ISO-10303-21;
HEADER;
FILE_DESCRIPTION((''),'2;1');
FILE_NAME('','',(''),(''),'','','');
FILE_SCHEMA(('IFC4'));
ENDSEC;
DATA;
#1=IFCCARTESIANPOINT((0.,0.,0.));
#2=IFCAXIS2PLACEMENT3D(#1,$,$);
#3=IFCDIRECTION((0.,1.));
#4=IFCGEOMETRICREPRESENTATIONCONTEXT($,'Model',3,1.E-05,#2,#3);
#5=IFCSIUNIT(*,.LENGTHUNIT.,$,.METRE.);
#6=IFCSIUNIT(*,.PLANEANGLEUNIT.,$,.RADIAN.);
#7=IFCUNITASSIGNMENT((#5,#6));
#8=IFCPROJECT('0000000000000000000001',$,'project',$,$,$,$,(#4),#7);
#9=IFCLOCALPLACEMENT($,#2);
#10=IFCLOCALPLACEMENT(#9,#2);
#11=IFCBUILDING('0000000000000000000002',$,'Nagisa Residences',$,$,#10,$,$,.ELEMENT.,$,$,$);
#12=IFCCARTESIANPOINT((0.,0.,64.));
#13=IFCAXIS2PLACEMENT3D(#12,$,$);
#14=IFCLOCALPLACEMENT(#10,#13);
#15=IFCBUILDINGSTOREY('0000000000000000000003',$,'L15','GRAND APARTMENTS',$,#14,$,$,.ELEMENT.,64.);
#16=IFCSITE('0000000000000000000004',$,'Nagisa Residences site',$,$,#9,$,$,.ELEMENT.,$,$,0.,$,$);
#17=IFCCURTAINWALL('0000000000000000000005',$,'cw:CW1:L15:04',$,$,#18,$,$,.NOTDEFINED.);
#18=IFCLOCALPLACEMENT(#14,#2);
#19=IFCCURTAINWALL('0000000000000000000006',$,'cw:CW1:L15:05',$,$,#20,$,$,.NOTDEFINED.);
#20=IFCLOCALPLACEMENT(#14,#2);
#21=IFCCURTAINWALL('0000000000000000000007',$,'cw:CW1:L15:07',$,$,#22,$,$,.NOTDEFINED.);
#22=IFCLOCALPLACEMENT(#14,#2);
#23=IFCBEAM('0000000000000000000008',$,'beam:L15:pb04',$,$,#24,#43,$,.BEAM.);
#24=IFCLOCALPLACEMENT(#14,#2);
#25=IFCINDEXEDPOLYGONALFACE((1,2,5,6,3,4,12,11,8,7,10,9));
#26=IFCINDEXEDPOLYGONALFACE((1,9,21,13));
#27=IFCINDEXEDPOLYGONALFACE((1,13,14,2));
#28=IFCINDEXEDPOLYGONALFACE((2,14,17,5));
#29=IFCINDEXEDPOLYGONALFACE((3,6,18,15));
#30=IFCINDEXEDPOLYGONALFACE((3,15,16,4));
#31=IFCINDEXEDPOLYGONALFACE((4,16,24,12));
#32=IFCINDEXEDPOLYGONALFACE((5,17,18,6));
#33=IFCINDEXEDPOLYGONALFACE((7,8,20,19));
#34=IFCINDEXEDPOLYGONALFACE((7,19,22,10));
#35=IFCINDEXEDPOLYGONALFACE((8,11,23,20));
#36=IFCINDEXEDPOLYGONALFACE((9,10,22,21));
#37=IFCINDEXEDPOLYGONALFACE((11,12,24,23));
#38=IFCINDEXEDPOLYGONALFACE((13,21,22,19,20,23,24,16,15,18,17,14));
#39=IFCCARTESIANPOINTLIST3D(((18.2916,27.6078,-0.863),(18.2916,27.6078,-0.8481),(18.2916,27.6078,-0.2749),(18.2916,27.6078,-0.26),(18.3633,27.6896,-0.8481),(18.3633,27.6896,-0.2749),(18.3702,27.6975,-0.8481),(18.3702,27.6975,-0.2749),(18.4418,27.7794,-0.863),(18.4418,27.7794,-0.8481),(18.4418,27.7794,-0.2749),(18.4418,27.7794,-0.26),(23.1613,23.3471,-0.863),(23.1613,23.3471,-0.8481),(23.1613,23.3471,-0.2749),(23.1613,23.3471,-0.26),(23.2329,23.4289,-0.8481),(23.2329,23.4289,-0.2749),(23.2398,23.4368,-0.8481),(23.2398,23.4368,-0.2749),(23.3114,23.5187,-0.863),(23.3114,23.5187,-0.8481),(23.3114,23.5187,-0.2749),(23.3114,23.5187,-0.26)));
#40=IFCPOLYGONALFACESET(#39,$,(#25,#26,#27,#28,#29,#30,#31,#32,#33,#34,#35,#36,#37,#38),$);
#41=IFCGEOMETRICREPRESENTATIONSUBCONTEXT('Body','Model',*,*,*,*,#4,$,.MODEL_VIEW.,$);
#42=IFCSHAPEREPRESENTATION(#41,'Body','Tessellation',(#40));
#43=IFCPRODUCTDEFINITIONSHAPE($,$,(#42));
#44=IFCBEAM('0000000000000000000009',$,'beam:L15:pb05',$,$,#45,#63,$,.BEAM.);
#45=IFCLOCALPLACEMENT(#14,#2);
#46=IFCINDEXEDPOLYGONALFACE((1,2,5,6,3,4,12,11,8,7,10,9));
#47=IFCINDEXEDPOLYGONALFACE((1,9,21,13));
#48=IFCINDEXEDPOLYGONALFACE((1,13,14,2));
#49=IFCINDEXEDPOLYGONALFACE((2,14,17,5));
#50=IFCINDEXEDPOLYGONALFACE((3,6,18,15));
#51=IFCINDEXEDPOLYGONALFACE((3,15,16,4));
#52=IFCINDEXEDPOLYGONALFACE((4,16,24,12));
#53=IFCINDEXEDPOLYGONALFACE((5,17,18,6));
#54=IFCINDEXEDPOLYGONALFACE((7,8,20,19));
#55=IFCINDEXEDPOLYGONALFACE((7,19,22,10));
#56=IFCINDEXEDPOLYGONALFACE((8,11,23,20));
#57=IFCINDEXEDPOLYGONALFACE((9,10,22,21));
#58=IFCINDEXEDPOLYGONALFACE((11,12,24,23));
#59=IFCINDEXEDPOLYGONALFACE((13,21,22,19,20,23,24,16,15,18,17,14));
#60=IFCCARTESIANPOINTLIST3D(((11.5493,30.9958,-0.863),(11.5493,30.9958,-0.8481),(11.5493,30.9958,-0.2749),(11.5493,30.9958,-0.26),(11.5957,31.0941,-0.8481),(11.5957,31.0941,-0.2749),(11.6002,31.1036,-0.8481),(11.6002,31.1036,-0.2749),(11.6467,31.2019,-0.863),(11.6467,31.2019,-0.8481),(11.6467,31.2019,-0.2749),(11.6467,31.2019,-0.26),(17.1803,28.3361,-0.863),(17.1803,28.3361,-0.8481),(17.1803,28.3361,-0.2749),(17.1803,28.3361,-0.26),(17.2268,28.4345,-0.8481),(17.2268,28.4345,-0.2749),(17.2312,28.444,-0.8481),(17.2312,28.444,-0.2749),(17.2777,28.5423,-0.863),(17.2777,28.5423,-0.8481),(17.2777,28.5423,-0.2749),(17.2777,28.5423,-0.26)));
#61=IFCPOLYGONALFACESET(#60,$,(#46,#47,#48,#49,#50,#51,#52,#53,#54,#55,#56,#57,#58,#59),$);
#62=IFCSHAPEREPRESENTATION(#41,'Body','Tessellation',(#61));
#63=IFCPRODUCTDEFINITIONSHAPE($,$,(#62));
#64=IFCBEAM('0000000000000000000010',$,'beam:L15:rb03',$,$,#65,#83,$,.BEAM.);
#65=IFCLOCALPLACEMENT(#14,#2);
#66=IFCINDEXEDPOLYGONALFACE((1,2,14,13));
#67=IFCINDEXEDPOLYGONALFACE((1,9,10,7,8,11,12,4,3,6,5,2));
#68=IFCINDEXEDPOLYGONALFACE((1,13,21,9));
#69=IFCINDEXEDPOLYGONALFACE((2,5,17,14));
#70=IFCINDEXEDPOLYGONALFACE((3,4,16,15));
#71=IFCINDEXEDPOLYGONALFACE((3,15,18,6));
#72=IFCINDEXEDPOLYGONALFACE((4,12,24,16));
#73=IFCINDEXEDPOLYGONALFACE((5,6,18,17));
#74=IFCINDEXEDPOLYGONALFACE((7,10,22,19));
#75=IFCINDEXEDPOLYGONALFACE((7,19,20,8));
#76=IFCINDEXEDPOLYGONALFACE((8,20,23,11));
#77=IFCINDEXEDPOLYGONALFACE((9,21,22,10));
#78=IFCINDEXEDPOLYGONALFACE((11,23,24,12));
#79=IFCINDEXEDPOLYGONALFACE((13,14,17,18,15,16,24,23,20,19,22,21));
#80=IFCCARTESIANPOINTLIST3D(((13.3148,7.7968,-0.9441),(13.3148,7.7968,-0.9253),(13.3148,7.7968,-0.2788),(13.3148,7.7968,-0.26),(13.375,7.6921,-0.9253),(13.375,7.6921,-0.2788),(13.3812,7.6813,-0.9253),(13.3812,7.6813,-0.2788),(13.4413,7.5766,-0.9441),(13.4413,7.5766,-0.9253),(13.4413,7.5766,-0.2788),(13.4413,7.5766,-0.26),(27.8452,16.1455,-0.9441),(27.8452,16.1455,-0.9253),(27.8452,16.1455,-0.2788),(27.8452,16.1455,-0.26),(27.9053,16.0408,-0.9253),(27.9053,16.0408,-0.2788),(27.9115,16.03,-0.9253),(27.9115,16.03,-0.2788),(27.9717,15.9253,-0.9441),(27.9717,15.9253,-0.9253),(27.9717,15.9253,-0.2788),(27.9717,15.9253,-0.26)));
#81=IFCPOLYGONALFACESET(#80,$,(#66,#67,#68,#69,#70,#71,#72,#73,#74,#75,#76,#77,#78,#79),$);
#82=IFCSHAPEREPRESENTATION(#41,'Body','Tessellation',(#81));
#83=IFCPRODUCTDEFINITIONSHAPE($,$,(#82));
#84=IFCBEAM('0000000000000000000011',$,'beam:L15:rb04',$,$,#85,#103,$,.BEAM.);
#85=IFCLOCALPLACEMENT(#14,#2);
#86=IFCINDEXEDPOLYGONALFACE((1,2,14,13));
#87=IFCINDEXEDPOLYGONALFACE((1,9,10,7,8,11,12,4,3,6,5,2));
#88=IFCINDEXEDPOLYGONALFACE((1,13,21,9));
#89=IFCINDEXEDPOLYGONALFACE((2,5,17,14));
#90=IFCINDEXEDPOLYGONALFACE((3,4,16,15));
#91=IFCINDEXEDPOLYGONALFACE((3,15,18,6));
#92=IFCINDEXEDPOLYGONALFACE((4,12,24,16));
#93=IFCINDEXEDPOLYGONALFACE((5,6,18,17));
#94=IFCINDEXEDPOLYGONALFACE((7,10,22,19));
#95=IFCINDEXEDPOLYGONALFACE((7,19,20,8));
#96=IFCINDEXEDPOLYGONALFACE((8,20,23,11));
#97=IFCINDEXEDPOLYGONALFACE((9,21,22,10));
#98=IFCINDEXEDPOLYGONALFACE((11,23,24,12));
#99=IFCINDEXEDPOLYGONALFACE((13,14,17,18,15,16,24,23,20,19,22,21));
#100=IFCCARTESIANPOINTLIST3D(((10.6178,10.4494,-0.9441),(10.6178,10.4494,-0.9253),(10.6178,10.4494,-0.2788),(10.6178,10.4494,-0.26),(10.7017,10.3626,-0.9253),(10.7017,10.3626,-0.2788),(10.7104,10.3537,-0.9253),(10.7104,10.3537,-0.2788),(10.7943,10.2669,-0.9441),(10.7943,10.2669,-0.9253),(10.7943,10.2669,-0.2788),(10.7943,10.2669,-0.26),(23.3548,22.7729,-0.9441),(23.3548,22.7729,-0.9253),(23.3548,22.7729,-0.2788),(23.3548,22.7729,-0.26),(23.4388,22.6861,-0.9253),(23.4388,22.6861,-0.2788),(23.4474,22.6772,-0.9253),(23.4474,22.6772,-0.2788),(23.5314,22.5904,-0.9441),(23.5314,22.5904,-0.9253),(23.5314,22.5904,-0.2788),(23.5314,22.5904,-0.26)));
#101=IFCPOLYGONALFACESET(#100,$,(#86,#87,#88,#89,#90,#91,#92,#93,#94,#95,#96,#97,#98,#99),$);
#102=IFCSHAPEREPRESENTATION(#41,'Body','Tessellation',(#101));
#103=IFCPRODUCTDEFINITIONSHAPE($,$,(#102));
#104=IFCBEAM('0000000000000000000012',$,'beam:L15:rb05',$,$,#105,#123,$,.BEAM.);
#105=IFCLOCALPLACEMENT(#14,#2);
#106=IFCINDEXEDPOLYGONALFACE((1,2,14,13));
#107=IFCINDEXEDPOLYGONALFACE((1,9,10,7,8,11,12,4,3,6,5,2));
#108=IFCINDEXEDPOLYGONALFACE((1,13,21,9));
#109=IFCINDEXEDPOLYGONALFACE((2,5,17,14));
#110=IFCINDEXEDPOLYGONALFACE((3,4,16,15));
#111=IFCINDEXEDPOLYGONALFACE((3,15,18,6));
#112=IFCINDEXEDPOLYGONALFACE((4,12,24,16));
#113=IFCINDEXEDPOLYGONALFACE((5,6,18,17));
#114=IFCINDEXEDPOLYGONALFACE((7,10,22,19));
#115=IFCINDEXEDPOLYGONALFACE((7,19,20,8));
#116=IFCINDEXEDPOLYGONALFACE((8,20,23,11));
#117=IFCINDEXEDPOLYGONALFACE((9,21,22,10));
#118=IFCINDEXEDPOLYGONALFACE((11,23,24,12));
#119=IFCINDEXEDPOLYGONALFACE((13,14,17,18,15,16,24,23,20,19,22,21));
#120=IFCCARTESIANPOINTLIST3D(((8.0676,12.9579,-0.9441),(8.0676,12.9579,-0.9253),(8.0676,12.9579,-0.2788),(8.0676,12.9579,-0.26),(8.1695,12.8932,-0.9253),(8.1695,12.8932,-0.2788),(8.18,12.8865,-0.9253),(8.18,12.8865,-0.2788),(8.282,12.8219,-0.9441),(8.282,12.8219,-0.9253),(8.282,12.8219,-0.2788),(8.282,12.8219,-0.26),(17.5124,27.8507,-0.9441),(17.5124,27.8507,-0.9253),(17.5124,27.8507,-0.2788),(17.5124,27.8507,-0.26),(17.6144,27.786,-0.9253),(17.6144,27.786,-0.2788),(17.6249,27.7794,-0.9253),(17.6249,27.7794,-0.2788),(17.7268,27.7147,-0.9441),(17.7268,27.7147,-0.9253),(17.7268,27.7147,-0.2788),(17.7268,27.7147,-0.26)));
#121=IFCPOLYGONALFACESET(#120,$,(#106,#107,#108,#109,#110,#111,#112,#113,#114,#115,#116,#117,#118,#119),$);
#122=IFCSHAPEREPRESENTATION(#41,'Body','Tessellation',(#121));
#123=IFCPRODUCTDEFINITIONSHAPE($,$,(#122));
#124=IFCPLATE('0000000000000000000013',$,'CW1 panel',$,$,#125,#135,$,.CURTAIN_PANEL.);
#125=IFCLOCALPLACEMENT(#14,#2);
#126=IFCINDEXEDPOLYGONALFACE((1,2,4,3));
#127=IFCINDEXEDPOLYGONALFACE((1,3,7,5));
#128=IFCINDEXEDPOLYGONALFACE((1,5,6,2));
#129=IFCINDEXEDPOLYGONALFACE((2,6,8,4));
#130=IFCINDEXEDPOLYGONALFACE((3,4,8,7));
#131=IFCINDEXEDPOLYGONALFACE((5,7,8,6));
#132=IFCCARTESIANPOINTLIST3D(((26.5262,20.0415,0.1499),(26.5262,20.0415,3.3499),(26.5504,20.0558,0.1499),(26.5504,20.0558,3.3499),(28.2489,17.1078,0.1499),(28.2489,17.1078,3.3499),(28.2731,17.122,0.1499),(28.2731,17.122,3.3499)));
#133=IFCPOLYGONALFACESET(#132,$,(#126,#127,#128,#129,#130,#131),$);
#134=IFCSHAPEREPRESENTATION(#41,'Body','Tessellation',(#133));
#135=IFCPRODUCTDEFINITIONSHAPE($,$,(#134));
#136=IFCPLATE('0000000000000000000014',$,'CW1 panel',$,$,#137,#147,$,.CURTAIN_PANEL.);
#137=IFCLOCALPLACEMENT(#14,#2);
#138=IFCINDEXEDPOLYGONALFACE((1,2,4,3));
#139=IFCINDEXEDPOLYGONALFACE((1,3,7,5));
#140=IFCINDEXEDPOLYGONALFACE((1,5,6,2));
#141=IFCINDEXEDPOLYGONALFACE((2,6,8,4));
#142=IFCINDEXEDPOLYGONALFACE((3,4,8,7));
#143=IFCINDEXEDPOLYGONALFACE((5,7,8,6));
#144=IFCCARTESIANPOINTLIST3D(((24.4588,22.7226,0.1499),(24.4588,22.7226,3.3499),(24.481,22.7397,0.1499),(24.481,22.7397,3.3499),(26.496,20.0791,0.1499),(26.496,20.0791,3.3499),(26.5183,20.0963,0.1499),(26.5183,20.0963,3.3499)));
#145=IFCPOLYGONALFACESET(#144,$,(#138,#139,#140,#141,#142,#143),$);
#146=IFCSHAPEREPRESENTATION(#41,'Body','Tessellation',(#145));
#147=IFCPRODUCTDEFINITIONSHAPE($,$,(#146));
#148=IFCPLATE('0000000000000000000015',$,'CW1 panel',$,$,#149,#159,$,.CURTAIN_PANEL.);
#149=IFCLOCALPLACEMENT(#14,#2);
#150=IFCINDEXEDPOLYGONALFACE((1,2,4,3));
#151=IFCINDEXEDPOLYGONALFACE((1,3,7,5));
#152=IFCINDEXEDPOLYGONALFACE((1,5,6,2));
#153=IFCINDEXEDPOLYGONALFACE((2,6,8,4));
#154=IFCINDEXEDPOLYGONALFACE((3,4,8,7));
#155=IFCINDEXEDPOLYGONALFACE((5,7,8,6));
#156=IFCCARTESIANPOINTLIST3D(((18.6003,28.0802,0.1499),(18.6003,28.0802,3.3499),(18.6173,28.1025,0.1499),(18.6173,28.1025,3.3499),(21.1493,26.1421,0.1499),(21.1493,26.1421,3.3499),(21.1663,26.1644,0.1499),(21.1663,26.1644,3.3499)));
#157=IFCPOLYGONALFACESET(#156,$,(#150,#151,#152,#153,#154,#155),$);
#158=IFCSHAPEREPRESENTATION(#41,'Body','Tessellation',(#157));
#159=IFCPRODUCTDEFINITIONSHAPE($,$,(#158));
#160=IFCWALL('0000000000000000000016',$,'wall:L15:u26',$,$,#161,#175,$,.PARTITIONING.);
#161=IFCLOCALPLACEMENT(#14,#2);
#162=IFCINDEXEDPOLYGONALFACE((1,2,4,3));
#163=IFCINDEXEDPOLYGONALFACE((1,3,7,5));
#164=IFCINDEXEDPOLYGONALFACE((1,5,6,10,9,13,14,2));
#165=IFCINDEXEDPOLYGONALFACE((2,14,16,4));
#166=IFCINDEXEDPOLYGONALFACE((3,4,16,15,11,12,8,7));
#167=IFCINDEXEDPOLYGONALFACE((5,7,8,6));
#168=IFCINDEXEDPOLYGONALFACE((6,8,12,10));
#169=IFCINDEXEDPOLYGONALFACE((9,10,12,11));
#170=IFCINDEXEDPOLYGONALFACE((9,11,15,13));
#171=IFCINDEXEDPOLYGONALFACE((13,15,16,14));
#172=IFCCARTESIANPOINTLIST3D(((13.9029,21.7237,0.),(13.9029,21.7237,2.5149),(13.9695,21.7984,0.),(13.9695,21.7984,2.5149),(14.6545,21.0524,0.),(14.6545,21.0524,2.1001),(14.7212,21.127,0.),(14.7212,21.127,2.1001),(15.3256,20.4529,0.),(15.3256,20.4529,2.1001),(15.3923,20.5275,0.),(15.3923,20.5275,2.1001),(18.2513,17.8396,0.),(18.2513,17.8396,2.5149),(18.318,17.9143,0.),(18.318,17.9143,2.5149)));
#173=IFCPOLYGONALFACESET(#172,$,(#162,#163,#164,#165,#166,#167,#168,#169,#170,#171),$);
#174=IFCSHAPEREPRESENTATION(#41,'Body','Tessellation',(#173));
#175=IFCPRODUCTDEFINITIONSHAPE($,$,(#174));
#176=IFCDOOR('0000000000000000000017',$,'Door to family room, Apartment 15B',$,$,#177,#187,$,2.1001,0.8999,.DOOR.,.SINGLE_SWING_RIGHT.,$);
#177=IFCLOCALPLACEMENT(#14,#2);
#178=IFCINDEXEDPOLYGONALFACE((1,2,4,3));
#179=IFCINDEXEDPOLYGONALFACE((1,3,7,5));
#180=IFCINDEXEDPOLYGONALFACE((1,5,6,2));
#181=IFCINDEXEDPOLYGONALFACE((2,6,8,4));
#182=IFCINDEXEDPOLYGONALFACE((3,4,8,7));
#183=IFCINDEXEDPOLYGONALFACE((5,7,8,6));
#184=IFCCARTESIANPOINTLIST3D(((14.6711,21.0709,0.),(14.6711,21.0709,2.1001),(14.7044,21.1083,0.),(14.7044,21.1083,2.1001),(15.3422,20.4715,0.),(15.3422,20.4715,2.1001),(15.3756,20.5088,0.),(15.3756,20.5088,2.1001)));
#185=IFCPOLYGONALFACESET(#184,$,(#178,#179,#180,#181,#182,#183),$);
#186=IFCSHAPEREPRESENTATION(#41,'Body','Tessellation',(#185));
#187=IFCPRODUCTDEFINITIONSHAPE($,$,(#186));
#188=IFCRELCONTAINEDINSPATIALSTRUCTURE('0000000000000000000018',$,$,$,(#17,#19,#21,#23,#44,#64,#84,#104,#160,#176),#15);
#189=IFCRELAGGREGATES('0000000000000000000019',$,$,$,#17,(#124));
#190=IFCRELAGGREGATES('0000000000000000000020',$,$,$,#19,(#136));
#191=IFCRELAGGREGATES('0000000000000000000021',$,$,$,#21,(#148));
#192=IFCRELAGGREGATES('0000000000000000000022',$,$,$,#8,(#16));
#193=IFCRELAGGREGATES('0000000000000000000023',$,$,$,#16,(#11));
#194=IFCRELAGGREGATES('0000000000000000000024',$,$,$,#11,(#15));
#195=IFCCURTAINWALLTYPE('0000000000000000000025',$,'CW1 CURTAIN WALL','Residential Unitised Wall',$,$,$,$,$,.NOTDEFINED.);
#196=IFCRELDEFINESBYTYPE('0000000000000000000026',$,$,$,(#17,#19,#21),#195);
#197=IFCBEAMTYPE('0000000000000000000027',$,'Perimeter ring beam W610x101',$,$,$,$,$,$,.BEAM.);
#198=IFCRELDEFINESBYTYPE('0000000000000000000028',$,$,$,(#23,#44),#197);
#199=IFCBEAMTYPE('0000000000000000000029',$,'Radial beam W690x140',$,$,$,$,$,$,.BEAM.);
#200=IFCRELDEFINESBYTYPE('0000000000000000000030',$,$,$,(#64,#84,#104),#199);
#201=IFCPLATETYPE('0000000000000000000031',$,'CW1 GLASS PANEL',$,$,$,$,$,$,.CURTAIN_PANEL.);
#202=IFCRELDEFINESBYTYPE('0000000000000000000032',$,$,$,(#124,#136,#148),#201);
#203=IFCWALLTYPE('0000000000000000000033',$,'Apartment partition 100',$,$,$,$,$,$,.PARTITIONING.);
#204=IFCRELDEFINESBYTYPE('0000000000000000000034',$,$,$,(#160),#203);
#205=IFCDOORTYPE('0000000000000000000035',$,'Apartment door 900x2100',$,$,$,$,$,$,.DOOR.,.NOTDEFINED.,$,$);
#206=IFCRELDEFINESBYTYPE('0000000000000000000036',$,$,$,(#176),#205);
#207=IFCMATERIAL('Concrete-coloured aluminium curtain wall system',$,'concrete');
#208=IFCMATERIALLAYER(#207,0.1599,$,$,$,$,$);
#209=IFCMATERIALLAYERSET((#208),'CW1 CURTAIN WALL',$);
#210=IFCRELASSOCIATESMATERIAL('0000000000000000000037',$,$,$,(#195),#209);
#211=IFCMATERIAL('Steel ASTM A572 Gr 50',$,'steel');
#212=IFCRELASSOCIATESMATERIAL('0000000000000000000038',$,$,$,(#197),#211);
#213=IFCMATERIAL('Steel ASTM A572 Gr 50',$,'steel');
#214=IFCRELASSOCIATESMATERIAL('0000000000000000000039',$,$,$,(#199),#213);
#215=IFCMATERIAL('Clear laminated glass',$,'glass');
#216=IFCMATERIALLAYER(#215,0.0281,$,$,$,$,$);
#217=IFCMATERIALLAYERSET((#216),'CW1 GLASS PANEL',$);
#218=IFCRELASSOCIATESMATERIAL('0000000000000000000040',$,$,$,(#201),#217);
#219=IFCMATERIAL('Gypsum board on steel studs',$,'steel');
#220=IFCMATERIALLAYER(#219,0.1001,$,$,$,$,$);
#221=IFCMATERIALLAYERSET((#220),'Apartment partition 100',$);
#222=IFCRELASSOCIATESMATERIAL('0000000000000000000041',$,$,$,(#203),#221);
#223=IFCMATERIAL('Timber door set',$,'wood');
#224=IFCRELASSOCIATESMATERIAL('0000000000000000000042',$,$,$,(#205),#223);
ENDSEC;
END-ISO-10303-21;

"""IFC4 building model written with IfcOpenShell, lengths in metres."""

from ifc_helpers import new_model, si_unit, direction, frame, frame_2d, origin, origin_2d, place, context, subcontext, project, spatial, rectangle, i_section, extrude, material, layer, layer_set, material_profile, profile_set, type_object, element, fill, aggregate, save


model = new_model("IFC4")

# Units and contexts
model_context = context("Model", 3, precision=1e-05, world=origin(), true_north=direction((0.0, 1.0)))
body_context = subcontext(model_context, "Body", "Model", "MODEL_VIEW")
ifc_project = project(units=[si_unit("LENGTHUNIT", "METRE"), si_unit("PLANEANGLEUNIT", "RADIAN")], contexts=[model_context])

# Site, building, storey
site_placement = place(None, origin())
site = spatial("IfcSite", under=ifc_project, at=site_placement, Name="Nagisa Residences site", CompositionType="ELEMENT", RefElevation=0.0)
building_placement = place(site_placement, origin())
building = spatial("IfcBuilding", under=site, at=building_placement, Name="Nagisa Residences", CompositionType="ELEMENT")
storey_placement = place(building_placement, frame((0.0, 0.0, 64.0)))
storey = spatial("IfcBuildingStorey", under=building, at=storey_placement, Name="L15", Description="GRAND APARTMENTS", CompositionType="ELEMENT", Elevation=64.0)

# Curtain walls
ifc_material_1 = material(Name="Concrete-coloured aluminium curtain wall system", Category="concrete")
ifc_layer_1 = layer(ifc_material_1, 0.1599)
ifc_layer_set_1 = layer_set([ifc_layer_1], Name="CW1 CURTAIN WALL")
curtain_wall_type = type_object("IfcCurtainWallType", Name="CW1 CURTAIN WALL", Description="Residential Unitised Wall", PredefinedType="NOTDEFINED", material=ifc_layer_set_1)
curtain_wall_1_placement = place(storey_placement, origin())
curtain_wall_1 = element("IfcCurtainWall", 1, at=curtain_wall_1_placement, inside=storey, type_object=curtain_wall_type, Name="cw:CW1:L15:04", PredefinedType="NOTDEFINED")
curtain_wall_2_placement = place(storey_placement, origin())
curtain_wall_2 = element("IfcCurtainWall", 2, at=curtain_wall_2_placement, inside=storey, type_object=curtain_wall_type, Name="cw:CW1:L15:05", PredefinedType="NOTDEFINED")
curtain_wall_3_placement = place(storey_placement, origin())
curtain_wall_3 = element("IfcCurtainWall", 3, at=curtain_wall_3_placement, inside=storey, type_object=curtain_wall_type, Name="cw:CW1:L15:07", PredefinedType="NOTDEFINED")

# Beams
ifc_material_2 = material(Name="Steel ASTM A572 Gr 50", Category="steel")
ifc_material_profile_1 = material_profile(ifc_material_2, i_section(OverallWidth=0.228, OverallDepth=0.603, WebThickness=0.0105, FlangeThickness=0.0149, at=origin_2d()), Name="W610x101")
ifc_profile_set_1 = profile_set([ifc_material_profile_1], Name="Steel ASTM A572 Gr 50")
beam_type_1 = type_object("IfcBeamType", Name="Perimeter ring beam W610x101", PredefinedType="BEAM", material=ifc_profile_set_1)
beam_1_placement = place(storey_placement, frame((23.2363, 23.4329, -0.5615), z_axis=(-0.752591, 0.658489, 0.0), x_axis=(-0.658489, -0.752591, 0.0)))
element("IfcBeam", 4, at=beam_1_placement, inside=storey, type_object=beam_type_1, Name="beam:L15:pb04", PredefinedType="BEAM", context=body_context, shape_type="SweptSolid", body=[
    extrude(i_section(OverallWidth=0.228, OverallDepth=0.603, WebThickness=0.0105, FlangeThickness=0.0149, at=origin_2d()), origin(), (0.0, 0.0, 1.0), 6.4705),
])
beam_2_placement = place(storey_placement, frame((17.229, 28.4392, -0.5615), z_axis=(-0.904215, 0.427077, 0.0), x_axis=(-0.427077, -0.904215, 0.0)))
element("IfcBeam", 5, at=beam_2_placement, inside=storey, type_object=beam_type_1, Name="beam:L15:pb05", PredefinedType="BEAM", context=body_context, shape_type="SweptSolid", body=[
    extrude(i_section(OverallWidth=0.228, OverallDepth=0.603, WebThickness=0.0105, FlangeThickness=0.0149, at=origin_2d()), origin(), (0.0, 0.0, 1.0), 6.2275),
])
ifc_material_3 = material(Name="Steel ASTM A572 Gr 50", Category="steel")
ifc_material_profile_2 = material_profile(ifc_material_3, i_section(OverallWidth=0.2539, OverallDepth=0.6841, WebThickness=0.0125, FlangeThickness=0.0188, at=origin_2d()), Name="W690x140")
ifc_profile_set_2 = profile_set([ifc_material_profile_2], Name="Steel ASTM A572 Gr 50")
beam_type_2 = type_object("IfcBeamType", Name="Radial beam W690x140", PredefinedType="BEAM", material=ifc_profile_set_2)
beam_3_placement = place(storey_placement, frame((27.9084, 16.0354, -0.6021), z_axis=(-0.867068, -0.49819, 0.0), x_axis=(0.49819, -0.867068, 0.0)))
element("IfcBeam", 6, at=beam_3_placement, inside=storey, type_object=beam_type_2, Name="beam:L15:rb03", PredefinedType="BEAM", context=body_context, shape_type="SweptSolid", body=[
    extrude(i_section(OverallWidth=0.2539, OverallDepth=0.6841, WebThickness=0.0125, FlangeThickness=0.0188, at=origin_2d()), origin(), (0.0, 0.0, 1.0), 16.7581),
])
beam_4_placement = place(storey_placement, frame((23.4431, 22.6816, -0.6021), z_axis=(-0.718678, -0.695343, 0.0), x_axis=(0.695343, -0.718678, 0.0)))
element("IfcBeam", 7, at=beam_4_placement, inside=storey, type_object=beam_type_2, Name="beam:L15:rb04", PredefinedType="BEAM", context=body_context, shape_type="SweptSolid", body=[
    extrude(i_section(OverallWidth=0.2539, OverallDepth=0.6841, WebThickness=0.0125, FlangeThickness=0.0188, at=origin_2d()), origin(), (0.0, 0.0, 1.0), 17.7229),
])
beam_5_placement = place(storey_placement, frame((17.6196, 27.7827, -0.6021), z_axis=(-0.535566, -0.844493, 0.0), x_axis=(0.844493, -0.535566, 0.0)))
element("IfcBeam", 8, at=beam_5_placement, inside=storey, type_object=beam_type_2, Name="beam:L15:rb05", PredefinedType="BEAM", context=body_context, shape_type="SweptSolid", body=[
    extrude(i_section(OverallWidth=0.2539, OverallDepth=0.6841, WebThickness=0.0125, FlangeThickness=0.0188, at=origin_2d()), origin(), (0.0, 0.0, 1.0), 17.6353),
])

# Plates
ifc_material_4 = material(Name="Clear laminated glass", Category="glass")
ifc_layer_2 = layer(ifc_material_4, 0.0281)
ifc_layer_set_2 = layer_set([ifc_layer_2], Name="CW1 GLASS PANEL")
plate_type = type_object("IfcPlateType", Name="CW1 GLASS PANEL", PredefinedType="CURTAIN_PANEL", material=ifc_layer_set_2)
plate_1_placement = place(storey_placement, frame((27.3997, 18.5818, 0.1499), z_axis=(0.0, 0.0, 1.0), x_axis=(-0.506349, 0.862329, 0.0)))
plate_1 = element("IfcPlate", 9, at=plate_1_placement, type_object=plate_type, Name="CW1 panel", PredefinedType="CURTAIN_PANEL", context=body_context, shape_type="SweptSolid", body=[
    extrude(rectangle(XDim=3.4021, YDim=0.0281, at=origin_2d()), origin(), (0.0, 0.0, 1.0), 3.2),
])
aggregate(curtain_wall_1, [plate_1])
plate_2_placement = place(storey_placement, frame((25.4885, 21.4094, 0.1499), z_axis=(0.0, 0.0, 1.0), x_axis=(-0.61043, 0.79207, 0.0)))
plate_2 = element("IfcPlate", 10, at=plate_2_placement, type_object=plate_type, Name="CW1 panel", PredefinedType="CURTAIN_PANEL", context=body_context, shape_type="SweptSolid", body=[
    extrude(rectangle(XDim=3.3374, YDim=0.0281, at=origin_2d()), origin(), (0.0, 0.0, 1.0), 3.2),
])
aggregate(curtain_wall_2, [plate_2])
plate_3_placement = place(storey_placement, frame((19.8833, 27.1223, 0.1499), z_axis=(0.0, 0.0, 1.0), x_axis=(-0.796031, 0.605255, 0.0)))
plate_3 = element("IfcPlate", 11, at=plate_3_placement, type_object=plate_type, Name="CW1 panel", PredefinedType="CURTAIN_PANEL", context=body_context, shape_type="SweptSolid", body=[
    extrude(rectangle(XDim=3.2021, YDim=0.0281, at=origin_2d()), origin(), (0.0, 0.0, 1.0), 3.2),
])
aggregate(curtain_wall_3, [plate_3])

# Wall, opening, door
ifc_material_5 = material(Name="Gypsum board on steel studs", Category="steel")
ifc_layer_3 = layer(ifc_material_5, 0.1001)
ifc_layer_set_3 = layer_set([ifc_layer_3], Name="Apartment partition 100")
wall_type_1 = type_object("IfcWallType", Name="Apartment partition 100", PredefinedType="PARTITIONING", material=ifc_layer_set_3)
wall_1_placement = place(storey_placement, frame((18.2847, 17.877, 0.0), z_axis=(0.0, 0.0, 1.0), x_axis=(-0.745806, 0.666163, 0.0)))
wall_1 = element("IfcWall", 12, at=wall_1_placement, inside=storey, type_object=wall_type_1, Name="wall:L15:u26", PredefinedType="PARTITIONING", context=body_context, shape_type="SweptSolid", body=[
    extrude(rectangle(XDim=5.8306, YDim=0.1001, at=frame_2d((2.9153, 0.0))), origin(), (0.0, 0.0, 1.0), 2.5149),
])
opening_1_placement = place(wall_1_placement, frame((3.9229, 0.0, 0.0)))
opening_1 = element("IfcOpeningElement", 13, at=opening_1_placement, cuts=wall_1, PredefinedType="OPENING", context=body_context, shape_type="SweptSolid", body=[
    extrude(rectangle(XDim=0.8999, YDim=2.1001, at=frame_2d((0.45, 1.05))), frame((0.0, 0.0601, 0.0), z_axis=(0.0, -1.0, 0.0), x_axis=(1.0, 0.0, 0.0)), (0.0, 0.0, 1.0), 0.1201),
])
ifc_material_6 = material(Name="Timber door set", Category="wood")
door_type_1 = type_object("IfcDoorType", Name="Apartment door 900x2100", OperationType="NOTDEFINED", PredefinedType="DOOR", material=ifc_material_6)
door_1_placement = place(opening_1_placement, frame((0.8999, 0.0, 0.0), x_axis=(-1.0, 0.0, 0.0)))
door_1 = element("IfcDoor", 14, at=door_1_placement, inside=storey, type_object=door_type_1, Name="Door to family room, Apartment 15B", OperationType="SINGLE_SWING_RIGHT", OverallHeight=2.1001, OverallWidth=0.8999, PredefinedType="DOOR", context=body_context, shape_type="SweptSolid", body=[
    extrude(rectangle(XDim=0.8999, YDim=2.1001, at=frame_2d((0.45, 1.05))), frame((0.0, 0.0249, 0.0), z_axis=(0.0, -1.0, 0.0), x_axis=(1.0, 0.0, 0.0)), (0.0, 0.0, 1.0), 0.05),
])
fill(opening_1, door_1)

save(model, "model.ifc")
